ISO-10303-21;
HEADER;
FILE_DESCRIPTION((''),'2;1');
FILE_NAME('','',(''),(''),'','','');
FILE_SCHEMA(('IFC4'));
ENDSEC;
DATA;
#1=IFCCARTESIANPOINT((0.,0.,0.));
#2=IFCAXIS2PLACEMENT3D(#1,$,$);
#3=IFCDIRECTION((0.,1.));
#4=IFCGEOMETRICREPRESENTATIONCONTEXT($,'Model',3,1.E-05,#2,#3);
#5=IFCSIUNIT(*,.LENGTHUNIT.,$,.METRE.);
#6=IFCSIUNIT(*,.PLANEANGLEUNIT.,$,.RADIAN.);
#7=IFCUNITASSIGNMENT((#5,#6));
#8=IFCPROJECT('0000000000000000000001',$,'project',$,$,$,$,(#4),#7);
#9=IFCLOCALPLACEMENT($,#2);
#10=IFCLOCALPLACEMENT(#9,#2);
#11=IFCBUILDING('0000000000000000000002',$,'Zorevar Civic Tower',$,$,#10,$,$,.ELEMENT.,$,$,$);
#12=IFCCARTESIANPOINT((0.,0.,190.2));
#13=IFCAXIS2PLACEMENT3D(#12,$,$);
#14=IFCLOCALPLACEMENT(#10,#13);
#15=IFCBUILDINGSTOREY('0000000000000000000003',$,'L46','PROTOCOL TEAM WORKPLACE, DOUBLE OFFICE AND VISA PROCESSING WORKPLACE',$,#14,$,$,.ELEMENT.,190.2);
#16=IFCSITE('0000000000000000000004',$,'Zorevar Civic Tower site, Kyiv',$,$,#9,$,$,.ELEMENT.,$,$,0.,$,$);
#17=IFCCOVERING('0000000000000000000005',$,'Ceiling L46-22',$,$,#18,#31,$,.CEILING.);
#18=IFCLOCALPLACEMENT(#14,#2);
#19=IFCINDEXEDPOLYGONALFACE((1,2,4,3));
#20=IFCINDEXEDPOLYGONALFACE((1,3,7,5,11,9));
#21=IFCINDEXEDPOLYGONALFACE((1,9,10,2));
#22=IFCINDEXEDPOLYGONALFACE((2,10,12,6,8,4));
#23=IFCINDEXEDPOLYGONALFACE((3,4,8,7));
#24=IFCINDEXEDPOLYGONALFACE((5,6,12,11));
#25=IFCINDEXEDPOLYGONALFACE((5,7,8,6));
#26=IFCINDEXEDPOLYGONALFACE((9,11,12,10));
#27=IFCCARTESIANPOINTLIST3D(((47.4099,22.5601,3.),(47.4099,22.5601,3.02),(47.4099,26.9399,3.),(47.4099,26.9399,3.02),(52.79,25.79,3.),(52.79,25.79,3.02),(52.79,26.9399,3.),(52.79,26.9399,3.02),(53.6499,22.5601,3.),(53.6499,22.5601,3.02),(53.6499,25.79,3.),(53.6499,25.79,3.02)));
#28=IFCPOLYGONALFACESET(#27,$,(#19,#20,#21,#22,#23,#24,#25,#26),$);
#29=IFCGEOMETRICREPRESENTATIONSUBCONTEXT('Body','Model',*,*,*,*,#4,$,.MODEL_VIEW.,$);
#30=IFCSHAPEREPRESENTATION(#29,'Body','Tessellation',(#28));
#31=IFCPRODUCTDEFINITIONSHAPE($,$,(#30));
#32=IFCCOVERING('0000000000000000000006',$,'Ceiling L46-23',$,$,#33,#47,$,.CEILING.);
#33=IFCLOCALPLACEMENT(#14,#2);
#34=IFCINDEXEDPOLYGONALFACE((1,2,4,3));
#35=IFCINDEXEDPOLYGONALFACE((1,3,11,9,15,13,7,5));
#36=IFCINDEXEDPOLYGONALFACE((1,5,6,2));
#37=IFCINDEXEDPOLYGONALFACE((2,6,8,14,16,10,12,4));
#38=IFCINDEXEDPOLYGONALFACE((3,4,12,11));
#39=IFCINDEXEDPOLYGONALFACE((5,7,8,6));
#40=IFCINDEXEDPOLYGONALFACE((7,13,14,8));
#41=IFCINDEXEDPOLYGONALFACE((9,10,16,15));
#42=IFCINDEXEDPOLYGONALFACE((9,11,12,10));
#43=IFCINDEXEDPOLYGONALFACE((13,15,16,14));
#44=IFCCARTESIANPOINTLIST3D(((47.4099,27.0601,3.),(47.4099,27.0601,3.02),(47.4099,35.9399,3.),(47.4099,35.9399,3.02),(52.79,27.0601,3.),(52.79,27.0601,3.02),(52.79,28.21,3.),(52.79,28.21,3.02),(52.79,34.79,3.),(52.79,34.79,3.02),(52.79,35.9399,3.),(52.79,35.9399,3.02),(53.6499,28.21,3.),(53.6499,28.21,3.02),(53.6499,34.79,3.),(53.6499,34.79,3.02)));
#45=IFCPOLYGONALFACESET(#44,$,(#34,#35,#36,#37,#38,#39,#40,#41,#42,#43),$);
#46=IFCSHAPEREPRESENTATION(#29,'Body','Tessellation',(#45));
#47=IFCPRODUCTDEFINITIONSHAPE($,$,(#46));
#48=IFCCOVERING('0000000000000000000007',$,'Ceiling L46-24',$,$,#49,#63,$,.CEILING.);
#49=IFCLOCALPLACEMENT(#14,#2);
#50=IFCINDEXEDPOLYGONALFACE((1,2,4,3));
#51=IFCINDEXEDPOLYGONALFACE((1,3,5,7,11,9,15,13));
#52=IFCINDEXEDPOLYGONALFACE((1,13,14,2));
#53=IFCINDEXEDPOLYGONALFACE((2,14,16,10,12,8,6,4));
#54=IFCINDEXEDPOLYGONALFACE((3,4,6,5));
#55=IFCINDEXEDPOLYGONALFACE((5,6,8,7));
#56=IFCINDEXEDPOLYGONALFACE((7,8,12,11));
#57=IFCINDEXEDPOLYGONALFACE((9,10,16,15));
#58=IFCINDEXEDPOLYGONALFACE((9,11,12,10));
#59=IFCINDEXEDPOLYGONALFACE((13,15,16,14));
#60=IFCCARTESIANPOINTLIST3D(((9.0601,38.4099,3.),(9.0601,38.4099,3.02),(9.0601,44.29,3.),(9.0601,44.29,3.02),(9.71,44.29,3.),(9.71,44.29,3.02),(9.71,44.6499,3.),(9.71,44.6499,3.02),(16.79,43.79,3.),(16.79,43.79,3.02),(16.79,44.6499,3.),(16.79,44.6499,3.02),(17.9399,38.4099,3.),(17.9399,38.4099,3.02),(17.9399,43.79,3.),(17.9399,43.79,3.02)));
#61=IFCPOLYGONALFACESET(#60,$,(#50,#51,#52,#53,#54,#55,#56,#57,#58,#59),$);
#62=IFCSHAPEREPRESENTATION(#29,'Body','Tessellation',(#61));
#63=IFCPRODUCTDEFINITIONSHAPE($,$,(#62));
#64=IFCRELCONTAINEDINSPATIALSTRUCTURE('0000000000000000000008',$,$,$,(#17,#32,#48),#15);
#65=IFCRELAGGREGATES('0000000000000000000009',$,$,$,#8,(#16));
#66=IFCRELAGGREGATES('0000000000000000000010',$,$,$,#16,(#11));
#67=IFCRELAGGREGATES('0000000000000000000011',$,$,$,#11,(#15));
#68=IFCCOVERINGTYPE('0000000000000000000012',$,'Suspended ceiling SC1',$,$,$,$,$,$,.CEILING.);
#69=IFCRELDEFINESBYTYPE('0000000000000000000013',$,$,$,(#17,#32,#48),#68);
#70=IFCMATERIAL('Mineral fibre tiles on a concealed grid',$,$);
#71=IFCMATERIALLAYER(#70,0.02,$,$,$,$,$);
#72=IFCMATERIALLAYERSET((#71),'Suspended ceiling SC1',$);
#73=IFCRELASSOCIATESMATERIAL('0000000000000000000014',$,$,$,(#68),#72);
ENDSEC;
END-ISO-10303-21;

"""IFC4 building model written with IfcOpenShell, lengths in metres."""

from ifc_helpers import new_model, si_unit, direction, frame, origin, place, context, subcontext, project, spatial, polyline, outline, extrude, material, layer, layer_set, type_object, element, save


model = new_model("IFC4")

# Units and contexts
model_context = context("Model", 3, precision=1e-05, world=origin(), true_north=direction((0.0, 1.0)))
body_context = subcontext(model_context, "Body", "Model", "MODEL_VIEW")
ifc_project = project(units=[si_unit("LENGTHUNIT", "METRE"), si_unit("PLANEANGLEUNIT", "RADIAN")], contexts=[model_context])

# Site, building, storey
site_placement = place(None, origin())
site = spatial("IfcSite", under=ifc_project, at=site_placement, Name="Zorevar Civic Tower site, Kyiv", CompositionType="ELEMENT", RefElevation=0.0)
building_placement = place(site_placement, origin())
building = spatial("IfcBuilding", under=site, at=building_placement, Name="Zorevar Civic Tower", CompositionType="ELEMENT")
storey_placement = place(building_placement, frame((0.0, 0.0, 190.2)))
storey = spatial("IfcBuildingStorey", under=building, at=storey_placement, Name="L46", Description="PROTOCOL TEAM WORKPLACE, DOUBLE OFFICE AND VISA PROCESSING WORKPLACE", CompositionType="ELEMENT", Elevation=190.2)

# Coverings
ifc_material_1 = material(Name="Mineral fibre tiles on a concealed grid")
ifc_layer_1 = layer(ifc_material_1, 0.02)
ifc_layer_set_1 = layer_set([ifc_layer_1], Name="Suspended ceiling SC1")
covering_type_1 = type_object("IfcCoveringType", Name="Suspended ceiling SC1", PredefinedType="CEILING", material=ifc_layer_set_1)
covering_1_placement = place(storey_placement, frame((0.0, 0.0, 3.0)))
element("IfcCovering", 1, at=covering_1_placement, inside=storey, type_object=covering_type_1, Name="Ceiling L46-22", PredefinedType="CEILING", context=body_context, shape_type="SweptSolid", body=[
    extrude(outline(polyline([(47.4099, 26.9399), (52.79, 26.9399), (52.79, 25.79), (53.6499, 25.79), (53.6499, 22.5601), (47.4099, 22.5601), (47.4099, 26.9399)])), origin(), (0.0, 0.0, 1.0), 0.02),
])
covering_2_placement = place(storey_placement, frame((0.0, 0.0, 3.0)))
element("IfcCovering", 2, at=covering_2_placement, inside=storey, type_object=covering_type_1, Name="Ceiling L46-23", PredefinedType="CEILING", context=body_context, shape_type="SweptSolid", body=[
    extrude(outline(polyline([(53.6499, 28.21), (52.79, 28.21), (52.79, 27.0601), (47.4099, 27.0601), (47.4099, 35.9399), (52.79, 35.9399), (52.79, 34.79), (53.6499, 34.79), (53.6499, 28.21)])), origin(), (0.0, 0.0, 1.0), 0.02),
])
covering_3_placement = place(storey_placement, frame((0.0, 0.0, 3.0)))
element("IfcCovering", 3, at=covering_3_placement, inside=storey, type_object=covering_type_1, Name="Ceiling L46-24", PredefinedType="CEILING", context=body_context, shape_type="SweptSolid", body=[
    extrude(outline(polyline([(9.71, 44.29), (9.71, 44.6499), (16.79, 44.6499), (16.79, 43.79), (17.9399, 43.79), (17.9399, 38.4099), (9.0601, 38.4099), (9.0601, 44.29), (9.71, 44.29)])), origin(), (0.0, 0.0, 1.0), 0.02),
])

save(model, "model.ifc")
